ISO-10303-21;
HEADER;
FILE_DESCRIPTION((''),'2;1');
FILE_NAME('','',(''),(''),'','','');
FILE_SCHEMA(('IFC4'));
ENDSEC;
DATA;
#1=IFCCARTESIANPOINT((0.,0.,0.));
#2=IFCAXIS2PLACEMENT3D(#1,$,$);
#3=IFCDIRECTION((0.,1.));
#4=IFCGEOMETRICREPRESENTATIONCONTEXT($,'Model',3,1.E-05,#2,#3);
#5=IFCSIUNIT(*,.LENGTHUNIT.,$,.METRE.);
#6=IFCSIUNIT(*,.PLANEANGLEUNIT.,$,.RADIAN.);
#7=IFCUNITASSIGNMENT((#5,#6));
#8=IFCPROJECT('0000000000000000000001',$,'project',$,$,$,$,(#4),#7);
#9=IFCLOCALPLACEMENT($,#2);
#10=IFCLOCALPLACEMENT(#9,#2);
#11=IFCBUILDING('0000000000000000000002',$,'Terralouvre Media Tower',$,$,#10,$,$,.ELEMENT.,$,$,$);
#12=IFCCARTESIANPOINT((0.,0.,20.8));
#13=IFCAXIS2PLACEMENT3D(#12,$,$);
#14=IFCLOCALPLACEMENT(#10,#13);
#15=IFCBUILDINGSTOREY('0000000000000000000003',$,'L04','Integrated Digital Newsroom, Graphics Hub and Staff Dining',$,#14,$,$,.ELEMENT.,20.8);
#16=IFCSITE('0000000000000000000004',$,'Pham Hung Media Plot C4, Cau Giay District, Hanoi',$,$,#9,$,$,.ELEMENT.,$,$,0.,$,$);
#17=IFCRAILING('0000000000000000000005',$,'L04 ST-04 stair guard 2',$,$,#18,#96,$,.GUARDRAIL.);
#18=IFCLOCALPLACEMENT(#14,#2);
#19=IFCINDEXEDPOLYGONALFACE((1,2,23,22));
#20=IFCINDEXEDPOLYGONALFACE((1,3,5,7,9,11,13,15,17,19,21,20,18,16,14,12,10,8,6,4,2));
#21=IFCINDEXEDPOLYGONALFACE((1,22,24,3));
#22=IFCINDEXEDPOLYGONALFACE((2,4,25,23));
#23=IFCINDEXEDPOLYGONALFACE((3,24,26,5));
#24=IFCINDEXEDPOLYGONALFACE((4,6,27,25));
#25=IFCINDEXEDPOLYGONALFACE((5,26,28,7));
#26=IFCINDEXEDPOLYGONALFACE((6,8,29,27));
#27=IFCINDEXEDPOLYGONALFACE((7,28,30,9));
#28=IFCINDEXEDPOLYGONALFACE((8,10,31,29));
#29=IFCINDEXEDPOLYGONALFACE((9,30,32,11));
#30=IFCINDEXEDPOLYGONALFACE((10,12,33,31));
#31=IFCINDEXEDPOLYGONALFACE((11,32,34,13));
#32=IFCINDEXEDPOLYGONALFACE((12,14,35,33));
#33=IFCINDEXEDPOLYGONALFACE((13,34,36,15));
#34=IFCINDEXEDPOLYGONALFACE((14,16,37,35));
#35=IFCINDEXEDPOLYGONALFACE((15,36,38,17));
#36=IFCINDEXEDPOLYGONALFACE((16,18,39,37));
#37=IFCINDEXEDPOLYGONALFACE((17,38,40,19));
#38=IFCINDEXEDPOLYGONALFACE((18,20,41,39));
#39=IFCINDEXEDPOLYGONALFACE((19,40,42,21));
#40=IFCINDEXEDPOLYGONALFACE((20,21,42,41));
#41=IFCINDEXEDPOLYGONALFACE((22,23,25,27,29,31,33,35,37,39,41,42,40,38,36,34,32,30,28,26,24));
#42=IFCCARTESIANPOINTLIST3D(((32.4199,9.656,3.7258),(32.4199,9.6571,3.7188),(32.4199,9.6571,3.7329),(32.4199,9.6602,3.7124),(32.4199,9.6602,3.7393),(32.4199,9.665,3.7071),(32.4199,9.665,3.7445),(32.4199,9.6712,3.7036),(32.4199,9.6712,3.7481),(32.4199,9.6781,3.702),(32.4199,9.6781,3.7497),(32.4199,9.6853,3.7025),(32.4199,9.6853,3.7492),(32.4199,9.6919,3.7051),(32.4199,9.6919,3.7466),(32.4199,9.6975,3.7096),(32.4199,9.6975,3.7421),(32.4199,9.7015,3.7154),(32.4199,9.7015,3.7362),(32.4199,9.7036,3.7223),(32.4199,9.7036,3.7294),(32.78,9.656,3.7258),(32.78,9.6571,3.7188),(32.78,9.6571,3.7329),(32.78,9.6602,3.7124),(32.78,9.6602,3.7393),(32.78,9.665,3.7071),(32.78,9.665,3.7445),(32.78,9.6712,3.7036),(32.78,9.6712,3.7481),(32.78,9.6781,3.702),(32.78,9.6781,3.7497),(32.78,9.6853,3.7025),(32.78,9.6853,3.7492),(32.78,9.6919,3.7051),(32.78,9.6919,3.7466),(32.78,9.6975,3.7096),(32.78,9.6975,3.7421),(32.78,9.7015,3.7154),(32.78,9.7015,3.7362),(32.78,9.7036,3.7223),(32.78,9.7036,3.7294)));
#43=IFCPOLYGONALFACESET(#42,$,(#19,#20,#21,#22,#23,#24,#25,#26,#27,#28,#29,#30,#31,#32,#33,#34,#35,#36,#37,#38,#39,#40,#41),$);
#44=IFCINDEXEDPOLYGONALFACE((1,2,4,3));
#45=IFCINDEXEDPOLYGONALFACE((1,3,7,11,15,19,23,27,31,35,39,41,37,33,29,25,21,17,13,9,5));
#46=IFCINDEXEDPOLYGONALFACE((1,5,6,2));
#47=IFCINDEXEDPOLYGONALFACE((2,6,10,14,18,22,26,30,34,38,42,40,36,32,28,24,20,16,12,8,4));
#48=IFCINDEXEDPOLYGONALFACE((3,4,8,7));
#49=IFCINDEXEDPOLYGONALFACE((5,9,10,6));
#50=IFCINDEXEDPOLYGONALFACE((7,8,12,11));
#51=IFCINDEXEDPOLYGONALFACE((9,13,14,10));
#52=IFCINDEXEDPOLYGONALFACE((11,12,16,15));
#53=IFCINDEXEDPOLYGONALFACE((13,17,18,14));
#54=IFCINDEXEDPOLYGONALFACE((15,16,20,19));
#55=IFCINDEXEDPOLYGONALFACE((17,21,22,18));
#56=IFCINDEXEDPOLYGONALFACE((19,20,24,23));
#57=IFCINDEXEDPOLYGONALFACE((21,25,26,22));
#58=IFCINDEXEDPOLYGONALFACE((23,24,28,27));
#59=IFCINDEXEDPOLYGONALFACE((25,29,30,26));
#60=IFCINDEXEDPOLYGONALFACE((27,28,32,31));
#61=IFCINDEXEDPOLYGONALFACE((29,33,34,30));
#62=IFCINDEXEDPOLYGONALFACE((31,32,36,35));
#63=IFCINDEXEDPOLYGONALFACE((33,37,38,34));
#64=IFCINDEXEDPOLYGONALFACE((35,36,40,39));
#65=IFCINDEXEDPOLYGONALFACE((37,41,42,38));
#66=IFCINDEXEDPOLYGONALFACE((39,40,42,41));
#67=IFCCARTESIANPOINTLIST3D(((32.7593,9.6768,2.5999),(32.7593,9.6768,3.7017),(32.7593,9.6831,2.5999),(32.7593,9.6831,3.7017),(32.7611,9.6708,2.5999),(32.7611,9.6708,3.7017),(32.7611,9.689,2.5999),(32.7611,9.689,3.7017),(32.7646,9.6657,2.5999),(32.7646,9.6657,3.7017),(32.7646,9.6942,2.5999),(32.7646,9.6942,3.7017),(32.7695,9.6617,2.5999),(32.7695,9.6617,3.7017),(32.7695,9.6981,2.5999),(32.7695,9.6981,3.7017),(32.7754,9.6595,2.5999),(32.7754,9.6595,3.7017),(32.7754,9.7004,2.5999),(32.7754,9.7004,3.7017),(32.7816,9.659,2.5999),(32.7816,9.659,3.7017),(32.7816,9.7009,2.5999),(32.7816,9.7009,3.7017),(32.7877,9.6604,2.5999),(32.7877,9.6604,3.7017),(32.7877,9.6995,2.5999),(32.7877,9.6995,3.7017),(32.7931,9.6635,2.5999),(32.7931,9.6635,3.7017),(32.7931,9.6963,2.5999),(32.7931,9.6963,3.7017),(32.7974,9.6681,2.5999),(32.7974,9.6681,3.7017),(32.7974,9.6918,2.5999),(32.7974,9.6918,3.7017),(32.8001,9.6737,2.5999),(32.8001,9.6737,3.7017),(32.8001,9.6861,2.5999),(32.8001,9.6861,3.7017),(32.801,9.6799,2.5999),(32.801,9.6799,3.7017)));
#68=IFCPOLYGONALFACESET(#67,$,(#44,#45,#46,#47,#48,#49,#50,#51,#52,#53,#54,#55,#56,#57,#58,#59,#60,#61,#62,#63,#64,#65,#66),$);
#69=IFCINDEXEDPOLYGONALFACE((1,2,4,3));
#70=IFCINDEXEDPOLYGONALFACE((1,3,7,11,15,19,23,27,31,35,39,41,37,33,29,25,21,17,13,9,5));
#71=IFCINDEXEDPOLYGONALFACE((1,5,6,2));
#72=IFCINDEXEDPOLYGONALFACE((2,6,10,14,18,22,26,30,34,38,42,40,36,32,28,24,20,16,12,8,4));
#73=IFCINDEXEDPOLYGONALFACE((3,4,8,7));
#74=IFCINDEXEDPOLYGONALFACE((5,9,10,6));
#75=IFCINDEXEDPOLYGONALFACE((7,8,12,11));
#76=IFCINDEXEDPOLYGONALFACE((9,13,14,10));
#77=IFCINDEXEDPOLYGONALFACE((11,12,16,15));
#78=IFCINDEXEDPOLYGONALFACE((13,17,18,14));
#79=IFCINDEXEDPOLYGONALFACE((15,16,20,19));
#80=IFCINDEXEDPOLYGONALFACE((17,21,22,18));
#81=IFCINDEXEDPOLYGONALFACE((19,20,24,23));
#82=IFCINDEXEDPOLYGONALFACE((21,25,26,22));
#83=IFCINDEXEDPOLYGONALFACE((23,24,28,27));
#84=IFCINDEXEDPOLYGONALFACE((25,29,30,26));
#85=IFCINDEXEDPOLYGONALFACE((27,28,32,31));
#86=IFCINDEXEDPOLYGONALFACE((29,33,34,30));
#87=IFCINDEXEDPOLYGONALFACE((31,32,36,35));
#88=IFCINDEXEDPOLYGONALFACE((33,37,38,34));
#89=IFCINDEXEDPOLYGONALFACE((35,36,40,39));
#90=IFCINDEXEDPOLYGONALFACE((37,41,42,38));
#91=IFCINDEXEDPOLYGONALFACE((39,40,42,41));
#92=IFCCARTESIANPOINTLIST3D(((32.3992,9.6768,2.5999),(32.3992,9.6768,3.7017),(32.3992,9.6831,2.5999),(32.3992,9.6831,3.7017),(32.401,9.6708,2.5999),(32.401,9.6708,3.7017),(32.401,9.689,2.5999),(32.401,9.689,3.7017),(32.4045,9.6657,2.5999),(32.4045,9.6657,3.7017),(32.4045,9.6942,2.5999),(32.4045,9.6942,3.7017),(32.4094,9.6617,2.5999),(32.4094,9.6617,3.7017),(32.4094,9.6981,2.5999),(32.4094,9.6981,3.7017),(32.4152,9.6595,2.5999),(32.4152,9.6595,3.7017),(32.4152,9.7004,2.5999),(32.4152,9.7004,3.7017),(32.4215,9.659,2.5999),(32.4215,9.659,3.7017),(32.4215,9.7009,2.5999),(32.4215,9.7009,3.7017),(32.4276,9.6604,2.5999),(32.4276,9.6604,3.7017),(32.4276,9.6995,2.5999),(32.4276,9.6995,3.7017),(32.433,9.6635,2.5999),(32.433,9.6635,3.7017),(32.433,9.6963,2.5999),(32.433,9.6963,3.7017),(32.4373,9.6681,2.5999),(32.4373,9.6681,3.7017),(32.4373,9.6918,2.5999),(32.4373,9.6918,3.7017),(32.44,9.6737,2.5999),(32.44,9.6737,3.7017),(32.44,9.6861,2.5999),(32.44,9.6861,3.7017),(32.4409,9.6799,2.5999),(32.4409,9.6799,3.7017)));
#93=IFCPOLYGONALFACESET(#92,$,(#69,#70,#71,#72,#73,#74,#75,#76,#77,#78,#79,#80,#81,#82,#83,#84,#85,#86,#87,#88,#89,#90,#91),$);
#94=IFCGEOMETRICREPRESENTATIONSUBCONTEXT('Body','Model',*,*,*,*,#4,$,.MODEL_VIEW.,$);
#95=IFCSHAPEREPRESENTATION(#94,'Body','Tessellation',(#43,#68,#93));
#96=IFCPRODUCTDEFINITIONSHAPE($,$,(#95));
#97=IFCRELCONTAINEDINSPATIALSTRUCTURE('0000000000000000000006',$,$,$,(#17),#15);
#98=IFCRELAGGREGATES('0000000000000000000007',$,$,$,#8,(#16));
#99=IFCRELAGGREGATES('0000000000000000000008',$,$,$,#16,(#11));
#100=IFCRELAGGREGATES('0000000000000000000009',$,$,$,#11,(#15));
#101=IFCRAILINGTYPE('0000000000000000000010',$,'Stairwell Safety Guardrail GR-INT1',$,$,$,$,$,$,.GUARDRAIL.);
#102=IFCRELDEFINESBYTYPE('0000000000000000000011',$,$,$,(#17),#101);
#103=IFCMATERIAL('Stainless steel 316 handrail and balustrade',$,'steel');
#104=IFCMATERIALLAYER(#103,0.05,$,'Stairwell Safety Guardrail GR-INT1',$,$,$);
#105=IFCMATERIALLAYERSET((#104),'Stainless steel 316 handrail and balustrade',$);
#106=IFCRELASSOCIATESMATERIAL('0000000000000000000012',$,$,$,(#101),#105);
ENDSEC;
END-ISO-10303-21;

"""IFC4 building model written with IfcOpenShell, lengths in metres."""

from ifc_helpers import new_model, si_unit, direction, frame, origin, origin_2d, place, context, subcontext, project, spatial, circle, extrude, material, layer, layer_set, type_object, element, save


model = new_model("IFC4")

# Units and contexts
model_context = context("Model", 3, precision=1e-05, world=origin(), true_north=direction((0.0, 1.0)))
body_context = subcontext(model_context, "Body", "Model", "MODEL_VIEW")
ifc_project = project(units=[si_unit("LENGTHUNIT", "METRE"), si_unit("PLANEANGLEUNIT", "RADIAN")], contexts=[model_context])

# Site, building, storey
site_placement = place(None, origin())
site = spatial("IfcSite", under=ifc_project, at=site_placement, Name="Pham Hung Media Plot C4, Cau Giay District, Hanoi", CompositionType="ELEMENT", RefElevation=0.0)
building_placement = place(site_placement, origin())
building = spatial("IfcBuilding", under=site, at=building_placement, Name="Terralouvre Media Tower", CompositionType="ELEMENT")
storey_placement = place(building_placement, frame((0.0, 0.0, 20.8)))
storey = spatial("IfcBuildingStorey", under=building, at=storey_placement, Name="L04", Description="Integrated Digital Newsroom, Graphics Hub and Staff Dining", CompositionType="ELEMENT", Elevation=20.8)

# Railing
ifc_material_1 = material(Name="Stainless steel 316 handrail and balustrade", Category="steel")
ifc_layer_1 = layer(ifc_material_1, 0.05, Name="Stairwell Safety Guardrail GR-INT1")
ifc_layer_set_1 = layer_set([ifc_layer_1], Name="Stainless steel 316 handrail and balustrade")
railing_type_1 = type_object("IfcRailingType", Name="Stairwell Safety Guardrail GR-INT1", PredefinedType="GUARDRAIL", material=ifc_layer_set_1)
railing_1_placement = place(storey_placement, frame((32.78, 9.6799, 2.5999)))
element("IfcRailing", 1, at=railing_1_placement, inside=storey, type_object=railing_type_1, Name="L04 ST-04 stair guard 2", PredefinedType="GUARDRAIL", context=body_context, shape_type="SweptSolid", body=[
    extrude(circle(Radius=0.0239, at=origin_2d()), frame((0.0, 0.0, 1.126), z_axis=(-1.0, 0.0, 0.0), x_axis=(0.0, -1.0, 0.0)), (0.0, 0.0, 1.0), 0.3601),
    extrude(circle(Radius=0.021, at=origin_2d()), origin(), (0.0, 0.0, 1.0), 1.1018),
    extrude(circle(Radius=0.021, at=origin_2d()), frame((-0.3601, 0.0, 0.0)), (0.0, 0.0, 1.0), 1.1018),
])

save(model, "model.ifc")
